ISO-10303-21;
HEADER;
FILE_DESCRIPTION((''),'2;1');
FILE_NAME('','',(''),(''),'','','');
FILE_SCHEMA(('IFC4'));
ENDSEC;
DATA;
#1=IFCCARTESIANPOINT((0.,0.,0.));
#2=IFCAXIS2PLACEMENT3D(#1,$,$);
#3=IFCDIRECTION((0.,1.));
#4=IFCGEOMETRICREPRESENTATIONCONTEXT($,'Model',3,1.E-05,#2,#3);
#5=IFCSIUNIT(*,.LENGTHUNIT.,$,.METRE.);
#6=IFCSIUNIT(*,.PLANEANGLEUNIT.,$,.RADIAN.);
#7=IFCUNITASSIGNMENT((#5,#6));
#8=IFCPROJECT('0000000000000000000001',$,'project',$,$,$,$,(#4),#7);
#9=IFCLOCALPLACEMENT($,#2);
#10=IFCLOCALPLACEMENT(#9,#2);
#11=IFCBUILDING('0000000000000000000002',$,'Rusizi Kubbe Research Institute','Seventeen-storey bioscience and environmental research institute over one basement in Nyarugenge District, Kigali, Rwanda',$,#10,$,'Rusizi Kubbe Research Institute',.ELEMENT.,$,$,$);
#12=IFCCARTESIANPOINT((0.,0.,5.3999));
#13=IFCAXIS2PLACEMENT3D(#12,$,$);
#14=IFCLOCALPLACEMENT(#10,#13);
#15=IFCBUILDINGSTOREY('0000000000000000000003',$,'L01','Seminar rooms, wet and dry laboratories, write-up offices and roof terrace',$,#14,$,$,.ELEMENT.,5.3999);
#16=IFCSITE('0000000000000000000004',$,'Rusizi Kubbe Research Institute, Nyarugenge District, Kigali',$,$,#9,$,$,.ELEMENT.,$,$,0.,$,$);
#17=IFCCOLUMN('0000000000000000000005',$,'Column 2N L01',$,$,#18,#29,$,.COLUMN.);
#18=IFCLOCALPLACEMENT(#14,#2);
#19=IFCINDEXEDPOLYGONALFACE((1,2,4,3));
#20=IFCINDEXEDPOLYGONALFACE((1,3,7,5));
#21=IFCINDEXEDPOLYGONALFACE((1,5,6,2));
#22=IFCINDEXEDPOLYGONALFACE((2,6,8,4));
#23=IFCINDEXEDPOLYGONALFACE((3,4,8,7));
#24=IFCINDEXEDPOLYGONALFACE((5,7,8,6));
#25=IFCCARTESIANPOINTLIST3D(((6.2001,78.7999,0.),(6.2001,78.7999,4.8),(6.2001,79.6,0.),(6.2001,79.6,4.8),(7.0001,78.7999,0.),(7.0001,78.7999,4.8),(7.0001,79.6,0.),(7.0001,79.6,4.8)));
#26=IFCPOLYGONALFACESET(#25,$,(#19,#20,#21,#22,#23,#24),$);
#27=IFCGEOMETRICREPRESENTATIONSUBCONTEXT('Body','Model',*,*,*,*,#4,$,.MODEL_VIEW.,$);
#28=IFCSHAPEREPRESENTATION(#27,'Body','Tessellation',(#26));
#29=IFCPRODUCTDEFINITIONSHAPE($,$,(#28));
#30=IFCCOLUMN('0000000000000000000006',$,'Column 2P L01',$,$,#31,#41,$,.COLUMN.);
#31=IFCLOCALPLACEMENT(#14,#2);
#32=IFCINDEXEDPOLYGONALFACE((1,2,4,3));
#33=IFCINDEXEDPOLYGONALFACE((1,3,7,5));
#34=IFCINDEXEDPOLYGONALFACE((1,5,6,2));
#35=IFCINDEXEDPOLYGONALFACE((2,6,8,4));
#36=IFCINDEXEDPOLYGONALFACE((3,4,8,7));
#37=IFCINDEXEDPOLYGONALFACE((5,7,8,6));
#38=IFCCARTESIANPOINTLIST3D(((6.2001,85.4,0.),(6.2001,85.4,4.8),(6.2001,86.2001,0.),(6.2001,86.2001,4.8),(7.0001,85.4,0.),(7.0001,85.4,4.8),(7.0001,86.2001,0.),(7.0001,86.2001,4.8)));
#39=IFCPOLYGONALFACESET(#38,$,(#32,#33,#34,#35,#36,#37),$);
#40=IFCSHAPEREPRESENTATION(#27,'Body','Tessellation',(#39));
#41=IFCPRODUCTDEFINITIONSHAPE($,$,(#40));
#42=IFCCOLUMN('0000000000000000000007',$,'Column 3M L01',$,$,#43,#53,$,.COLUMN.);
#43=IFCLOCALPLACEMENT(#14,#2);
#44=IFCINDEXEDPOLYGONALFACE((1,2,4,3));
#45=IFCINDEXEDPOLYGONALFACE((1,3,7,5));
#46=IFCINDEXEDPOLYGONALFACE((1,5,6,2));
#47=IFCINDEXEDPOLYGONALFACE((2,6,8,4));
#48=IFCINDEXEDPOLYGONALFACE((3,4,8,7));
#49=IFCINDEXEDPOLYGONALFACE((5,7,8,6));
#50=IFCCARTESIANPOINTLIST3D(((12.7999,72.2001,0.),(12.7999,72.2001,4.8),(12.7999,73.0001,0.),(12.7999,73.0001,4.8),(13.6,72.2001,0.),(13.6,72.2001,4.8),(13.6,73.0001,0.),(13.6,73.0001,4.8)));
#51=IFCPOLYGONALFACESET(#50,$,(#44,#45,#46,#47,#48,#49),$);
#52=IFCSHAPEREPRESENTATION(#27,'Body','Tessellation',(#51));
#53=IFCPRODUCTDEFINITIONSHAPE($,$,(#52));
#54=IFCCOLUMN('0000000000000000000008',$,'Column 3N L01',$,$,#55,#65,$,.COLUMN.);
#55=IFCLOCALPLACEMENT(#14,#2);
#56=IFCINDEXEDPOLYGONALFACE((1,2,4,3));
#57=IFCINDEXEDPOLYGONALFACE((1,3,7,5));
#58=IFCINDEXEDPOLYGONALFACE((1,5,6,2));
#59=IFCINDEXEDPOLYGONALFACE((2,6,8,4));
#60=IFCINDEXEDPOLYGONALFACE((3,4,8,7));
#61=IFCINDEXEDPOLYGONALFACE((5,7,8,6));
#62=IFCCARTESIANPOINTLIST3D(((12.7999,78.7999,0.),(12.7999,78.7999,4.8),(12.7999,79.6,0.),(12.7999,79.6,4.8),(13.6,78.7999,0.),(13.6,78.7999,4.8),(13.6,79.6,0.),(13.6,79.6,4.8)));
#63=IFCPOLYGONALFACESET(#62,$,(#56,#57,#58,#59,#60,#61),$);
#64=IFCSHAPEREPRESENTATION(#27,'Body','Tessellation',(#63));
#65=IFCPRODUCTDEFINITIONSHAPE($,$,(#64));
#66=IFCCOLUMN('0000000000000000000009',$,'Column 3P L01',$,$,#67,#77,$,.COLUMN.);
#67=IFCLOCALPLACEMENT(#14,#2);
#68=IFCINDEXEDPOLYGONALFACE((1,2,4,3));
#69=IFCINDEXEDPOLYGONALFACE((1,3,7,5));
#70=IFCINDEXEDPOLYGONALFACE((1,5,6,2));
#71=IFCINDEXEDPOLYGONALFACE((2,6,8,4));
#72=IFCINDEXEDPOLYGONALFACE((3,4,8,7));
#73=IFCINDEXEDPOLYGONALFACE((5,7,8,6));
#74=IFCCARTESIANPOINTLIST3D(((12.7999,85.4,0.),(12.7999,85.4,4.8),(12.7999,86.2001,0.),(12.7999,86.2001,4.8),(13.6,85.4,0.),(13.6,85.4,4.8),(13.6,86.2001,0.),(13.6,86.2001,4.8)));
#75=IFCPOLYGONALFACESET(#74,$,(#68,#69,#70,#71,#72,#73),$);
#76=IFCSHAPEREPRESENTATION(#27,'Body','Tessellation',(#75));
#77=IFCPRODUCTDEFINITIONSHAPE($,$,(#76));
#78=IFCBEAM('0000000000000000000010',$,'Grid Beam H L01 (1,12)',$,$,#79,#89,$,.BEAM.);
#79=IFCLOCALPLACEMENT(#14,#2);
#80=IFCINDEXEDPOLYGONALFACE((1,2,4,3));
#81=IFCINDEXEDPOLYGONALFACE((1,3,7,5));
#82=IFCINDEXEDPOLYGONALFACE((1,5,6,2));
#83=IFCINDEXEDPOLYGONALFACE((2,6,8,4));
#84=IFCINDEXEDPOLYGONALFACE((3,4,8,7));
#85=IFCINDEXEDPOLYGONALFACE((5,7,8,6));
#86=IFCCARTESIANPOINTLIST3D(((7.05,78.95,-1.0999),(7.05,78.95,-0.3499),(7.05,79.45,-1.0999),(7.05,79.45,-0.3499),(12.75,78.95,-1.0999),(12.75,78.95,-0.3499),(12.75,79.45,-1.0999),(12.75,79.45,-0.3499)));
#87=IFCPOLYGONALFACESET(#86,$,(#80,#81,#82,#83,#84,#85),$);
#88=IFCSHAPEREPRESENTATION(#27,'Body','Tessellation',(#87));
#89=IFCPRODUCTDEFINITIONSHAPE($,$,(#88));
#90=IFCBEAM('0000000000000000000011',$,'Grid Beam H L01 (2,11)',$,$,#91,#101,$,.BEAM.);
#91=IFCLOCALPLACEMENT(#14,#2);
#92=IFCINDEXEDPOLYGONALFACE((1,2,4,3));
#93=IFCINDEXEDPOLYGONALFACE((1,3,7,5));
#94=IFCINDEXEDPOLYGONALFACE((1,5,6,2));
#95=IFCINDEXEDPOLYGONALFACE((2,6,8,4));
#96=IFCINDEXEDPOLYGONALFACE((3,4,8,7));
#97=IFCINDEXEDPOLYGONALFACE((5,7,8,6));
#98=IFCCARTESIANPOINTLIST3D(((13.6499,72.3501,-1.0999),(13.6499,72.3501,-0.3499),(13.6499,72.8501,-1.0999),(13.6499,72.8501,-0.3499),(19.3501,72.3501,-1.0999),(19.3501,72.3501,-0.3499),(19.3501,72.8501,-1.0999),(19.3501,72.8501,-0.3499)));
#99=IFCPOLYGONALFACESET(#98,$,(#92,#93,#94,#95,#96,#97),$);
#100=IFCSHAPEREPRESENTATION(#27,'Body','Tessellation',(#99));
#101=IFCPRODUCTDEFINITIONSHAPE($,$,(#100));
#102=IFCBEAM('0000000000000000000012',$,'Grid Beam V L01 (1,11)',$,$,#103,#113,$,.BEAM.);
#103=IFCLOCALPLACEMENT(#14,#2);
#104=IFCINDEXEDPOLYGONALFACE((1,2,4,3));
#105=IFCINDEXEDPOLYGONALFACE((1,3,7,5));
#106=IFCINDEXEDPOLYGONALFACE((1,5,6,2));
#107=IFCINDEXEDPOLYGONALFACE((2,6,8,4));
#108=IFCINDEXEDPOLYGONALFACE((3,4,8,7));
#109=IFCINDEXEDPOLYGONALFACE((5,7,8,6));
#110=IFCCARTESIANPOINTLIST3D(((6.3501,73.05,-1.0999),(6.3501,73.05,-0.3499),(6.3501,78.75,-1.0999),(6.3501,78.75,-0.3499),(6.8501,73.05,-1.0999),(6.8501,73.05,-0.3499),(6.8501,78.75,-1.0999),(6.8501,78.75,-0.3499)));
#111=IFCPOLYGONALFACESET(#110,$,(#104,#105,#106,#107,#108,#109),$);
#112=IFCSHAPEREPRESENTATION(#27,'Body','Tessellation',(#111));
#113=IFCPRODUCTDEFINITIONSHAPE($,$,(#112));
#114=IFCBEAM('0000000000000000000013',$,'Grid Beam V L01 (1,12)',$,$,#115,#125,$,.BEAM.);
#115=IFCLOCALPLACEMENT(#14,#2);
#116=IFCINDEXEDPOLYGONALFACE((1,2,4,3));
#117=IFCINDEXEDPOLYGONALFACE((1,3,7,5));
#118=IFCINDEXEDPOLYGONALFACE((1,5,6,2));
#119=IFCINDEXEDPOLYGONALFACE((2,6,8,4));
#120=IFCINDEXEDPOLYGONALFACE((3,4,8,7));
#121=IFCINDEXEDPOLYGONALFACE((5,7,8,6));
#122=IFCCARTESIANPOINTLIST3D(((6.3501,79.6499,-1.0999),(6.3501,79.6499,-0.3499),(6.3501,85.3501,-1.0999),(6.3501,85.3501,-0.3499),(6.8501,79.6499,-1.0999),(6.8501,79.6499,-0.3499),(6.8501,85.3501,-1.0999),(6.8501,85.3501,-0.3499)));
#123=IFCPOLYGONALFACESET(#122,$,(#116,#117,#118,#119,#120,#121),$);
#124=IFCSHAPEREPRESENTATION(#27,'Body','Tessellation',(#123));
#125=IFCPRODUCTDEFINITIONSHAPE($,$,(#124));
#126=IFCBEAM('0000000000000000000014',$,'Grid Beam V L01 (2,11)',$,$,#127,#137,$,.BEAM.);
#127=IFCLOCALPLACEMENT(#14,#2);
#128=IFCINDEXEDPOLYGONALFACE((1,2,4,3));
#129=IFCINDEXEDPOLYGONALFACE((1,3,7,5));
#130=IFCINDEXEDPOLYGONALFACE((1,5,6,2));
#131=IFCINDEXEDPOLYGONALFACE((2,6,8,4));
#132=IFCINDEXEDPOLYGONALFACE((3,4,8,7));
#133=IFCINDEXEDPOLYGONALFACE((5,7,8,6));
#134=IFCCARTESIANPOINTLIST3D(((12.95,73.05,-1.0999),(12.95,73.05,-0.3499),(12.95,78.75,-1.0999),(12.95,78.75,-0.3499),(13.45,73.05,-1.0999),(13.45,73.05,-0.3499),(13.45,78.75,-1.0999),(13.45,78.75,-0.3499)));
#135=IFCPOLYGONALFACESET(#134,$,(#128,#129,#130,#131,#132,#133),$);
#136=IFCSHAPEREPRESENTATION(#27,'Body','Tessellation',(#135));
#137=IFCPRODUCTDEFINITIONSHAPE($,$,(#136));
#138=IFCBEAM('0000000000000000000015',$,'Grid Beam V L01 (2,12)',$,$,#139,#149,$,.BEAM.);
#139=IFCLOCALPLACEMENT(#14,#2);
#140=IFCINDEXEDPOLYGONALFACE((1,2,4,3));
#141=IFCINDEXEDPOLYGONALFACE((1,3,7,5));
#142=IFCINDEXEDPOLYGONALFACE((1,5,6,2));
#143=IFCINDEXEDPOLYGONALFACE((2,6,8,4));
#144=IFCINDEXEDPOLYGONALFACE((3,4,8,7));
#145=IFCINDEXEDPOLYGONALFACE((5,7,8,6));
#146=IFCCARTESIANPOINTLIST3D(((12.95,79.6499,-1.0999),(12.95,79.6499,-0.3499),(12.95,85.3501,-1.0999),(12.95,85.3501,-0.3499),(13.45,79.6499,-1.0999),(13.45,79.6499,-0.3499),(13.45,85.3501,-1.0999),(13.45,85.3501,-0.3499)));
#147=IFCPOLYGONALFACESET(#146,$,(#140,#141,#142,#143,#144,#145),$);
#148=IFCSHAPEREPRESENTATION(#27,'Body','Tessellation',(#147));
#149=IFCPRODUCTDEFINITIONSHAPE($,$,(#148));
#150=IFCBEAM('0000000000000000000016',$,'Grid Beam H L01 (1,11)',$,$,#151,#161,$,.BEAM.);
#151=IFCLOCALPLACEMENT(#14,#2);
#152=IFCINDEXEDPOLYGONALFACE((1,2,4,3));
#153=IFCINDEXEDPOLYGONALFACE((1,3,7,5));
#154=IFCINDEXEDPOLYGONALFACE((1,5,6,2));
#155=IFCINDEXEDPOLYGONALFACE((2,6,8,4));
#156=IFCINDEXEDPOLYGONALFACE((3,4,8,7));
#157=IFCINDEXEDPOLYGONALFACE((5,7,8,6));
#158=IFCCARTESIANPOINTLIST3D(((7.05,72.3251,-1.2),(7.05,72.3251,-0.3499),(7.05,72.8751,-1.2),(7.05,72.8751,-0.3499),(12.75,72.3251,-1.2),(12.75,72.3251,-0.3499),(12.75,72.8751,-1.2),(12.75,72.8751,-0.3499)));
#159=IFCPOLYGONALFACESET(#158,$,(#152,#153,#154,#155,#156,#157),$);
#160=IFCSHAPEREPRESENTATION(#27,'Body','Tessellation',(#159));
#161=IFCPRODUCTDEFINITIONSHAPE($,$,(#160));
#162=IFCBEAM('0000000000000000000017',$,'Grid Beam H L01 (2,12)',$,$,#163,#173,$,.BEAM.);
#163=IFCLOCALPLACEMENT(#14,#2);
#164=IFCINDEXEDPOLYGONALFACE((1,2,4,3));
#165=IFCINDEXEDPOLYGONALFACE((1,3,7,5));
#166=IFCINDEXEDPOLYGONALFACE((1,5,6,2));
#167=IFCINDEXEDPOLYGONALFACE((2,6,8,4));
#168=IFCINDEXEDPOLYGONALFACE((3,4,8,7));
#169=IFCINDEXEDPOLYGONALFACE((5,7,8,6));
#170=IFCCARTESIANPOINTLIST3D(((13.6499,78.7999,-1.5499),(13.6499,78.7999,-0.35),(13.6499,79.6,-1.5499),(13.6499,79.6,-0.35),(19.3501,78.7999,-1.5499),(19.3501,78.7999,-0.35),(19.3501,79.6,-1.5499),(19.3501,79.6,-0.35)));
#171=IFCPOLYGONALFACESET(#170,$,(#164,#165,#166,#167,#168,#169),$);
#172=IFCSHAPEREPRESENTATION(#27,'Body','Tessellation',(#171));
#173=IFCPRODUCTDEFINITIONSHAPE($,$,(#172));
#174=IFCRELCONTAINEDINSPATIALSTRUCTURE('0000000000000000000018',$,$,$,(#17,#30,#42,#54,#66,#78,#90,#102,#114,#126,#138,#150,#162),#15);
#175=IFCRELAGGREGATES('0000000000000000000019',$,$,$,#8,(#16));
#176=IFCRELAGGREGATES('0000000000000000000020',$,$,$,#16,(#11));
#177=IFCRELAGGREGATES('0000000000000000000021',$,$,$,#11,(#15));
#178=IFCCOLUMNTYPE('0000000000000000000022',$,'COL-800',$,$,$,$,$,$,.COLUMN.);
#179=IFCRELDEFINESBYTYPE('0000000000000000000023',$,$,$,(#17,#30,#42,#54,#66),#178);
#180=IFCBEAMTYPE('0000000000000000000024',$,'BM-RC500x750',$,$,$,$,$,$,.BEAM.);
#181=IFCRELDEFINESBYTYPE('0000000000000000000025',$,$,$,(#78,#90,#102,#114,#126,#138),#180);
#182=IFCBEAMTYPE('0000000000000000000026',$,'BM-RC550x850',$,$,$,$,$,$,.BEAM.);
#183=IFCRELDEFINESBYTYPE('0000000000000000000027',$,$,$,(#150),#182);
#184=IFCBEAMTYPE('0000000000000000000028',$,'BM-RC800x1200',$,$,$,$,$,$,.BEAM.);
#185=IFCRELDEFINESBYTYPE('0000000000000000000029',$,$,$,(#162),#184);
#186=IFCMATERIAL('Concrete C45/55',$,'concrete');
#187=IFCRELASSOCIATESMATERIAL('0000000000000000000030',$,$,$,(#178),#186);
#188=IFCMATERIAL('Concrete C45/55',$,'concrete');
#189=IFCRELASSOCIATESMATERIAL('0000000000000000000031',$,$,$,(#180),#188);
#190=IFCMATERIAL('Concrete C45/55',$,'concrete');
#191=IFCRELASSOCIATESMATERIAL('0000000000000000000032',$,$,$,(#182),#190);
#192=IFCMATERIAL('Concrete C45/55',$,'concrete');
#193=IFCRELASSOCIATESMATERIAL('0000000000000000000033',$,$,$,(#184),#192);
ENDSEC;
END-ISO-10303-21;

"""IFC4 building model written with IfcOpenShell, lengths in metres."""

from ifc_helpers import new_model, si_unit, direction, frame, origin, origin_2d, place, context, subcontext, project, spatial, rectangle, extrude, material, material_profile, profile_set, type_object, element, save


model = new_model("IFC4")

# Units and contexts
model_context = context("Model", 3, precision=1e-05, world=origin(), true_north=direction((0.0, 1.0)))
body_context = subcontext(model_context, "Body", "Model", "MODEL_VIEW")
ifc_project = project(units=[si_unit("LENGTHUNIT", "METRE"), si_unit("PLANEANGLEUNIT", "RADIAN")], contexts=[model_context])

# Site, building, storey
site_placement = place(None, origin())
site = spatial("IfcSite", under=ifc_project, at=site_placement, Name="Rusizi Kubbe Research Institute, Nyarugenge District, Kigali", CompositionType="ELEMENT", RefElevation=0.0)
building_placement = place(site_placement, origin())
building = spatial("IfcBuilding", under=site, at=building_placement, Name="Rusizi Kubbe Research Institute", Description="Seventeen-storey bioscience and environmental research institute over one basement in Nyarugenge District, Kigali, Rwanda", LongName="Rusizi Kubbe Research Institute", CompositionType="ELEMENT")
storey_placement = place(building_placement, frame((0.0, 0.0, 5.3999)))
storey = spatial("IfcBuildingStorey", under=building, at=storey_placement, Name="L01", Description="Seminar rooms, wet and dry laboratories, write-up offices and roof terrace", CompositionType="ELEMENT", Elevation=5.3999)

# Columns
ifc_material_1 = material(Name="Concrete C45/55", Category="concrete")
ifc_material_profile_1 = material_profile(ifc_material_1, rectangle(XDim=0.8, YDim=0.8, at=origin_2d()), Name="RC800x800")
ifc_profile_set_1 = profile_set([ifc_material_profile_1], Name="Concrete C45/55")
column_type = type_object("IfcColumnType", Name="COL-800", PredefinedType="COLUMN", material=ifc_profile_set_1)
for number, where, z_axis, x_axis, name in (
    (1, (6.6001, 79.2, 0.0), (0.0, 0.0, 1.0), (1.0, 0.0, 0.0), "Column 2N L01"),
    (2, (6.6001, 85.8, 0.0), (0.0, 0.0, 1.0), (1.0, 0.0, 0.0), "Column 2P L01"),
    (3, (13.2, 72.6001, 0.0), (0.0, 0.0, 1.0), (1.0, 0.0, 0.0), "Column 3M L01"),
    (4, (13.2, 79.2, 0.0), (0.0, 0.0, 1.0), (1.0, 0.0, 0.0), "Column 3N L01"),
    (5, (13.2, 85.8, 0.0), (0.0, 0.0, 1.0), (1.0, 0.0, 0.0), "Column 3P L01"),
):
    element("IfcColumn", number, at=place(storey_placement, frame(where, z_axis=z_axis, x_axis=x_axis)), inside=storey, type_object=column_type, Name=name, PredefinedType="COLUMN", context=body_context, shape_type="SweptSolid", body=[
        extrude(rectangle(XDim=0.8, YDim=0.8, at=origin_2d()), origin(), (0.0, 0.0, 1.0), 4.8),
    ])

# Beams
ifc_material_2 = material(Name="Concrete C45/55", Category="concrete")
ifc_material_profile_2 = material_profile(ifc_material_2, rectangle(XDim=0.5, YDim=0.75, at=origin_2d()), Name="RC500x750B")
ifc_profile_set_2 = profile_set([ifc_material_profile_2], Name="Concrete C45/55")
beam_type_1 = type_object("IfcBeamType", Name="BM-RC500x750", PredefinedType="BEAM", material=ifc_profile_set_2)
beam_1_placement = place(storey_placement, frame((7.05, 79.2, -0.7249), z_axis=(1.0, 0.0, 0.0), x_axis=(0.0, 1.0, 0.0)))
element("IfcBeam", 6, at=beam_1_placement, inside=storey, type_object=beam_type_1, Name="Grid Beam H L01 (1,12)", PredefinedType="BEAM", context=body_context, shape_type="SweptSolid", body=[
    extrude(rectangle(XDim=0.5, YDim=0.75, at=origin_2d()), origin(), (0.0, 0.0, 1.0), 5.7),
])
beam_2_placement = place(storey_placement, frame((13.6499, 72.6001, -0.7249), z_axis=(1.0, 0.0, 0.0), x_axis=(0.0, 1.0, 0.0)))
element("IfcBeam", 7, at=beam_2_placement, inside=storey, type_object=beam_type_1, Name="Grid Beam H L01 (2,11)", PredefinedType="BEAM", context=body_context, shape_type="SweptSolid", body=[
    extrude(rectangle(XDim=0.5, YDim=0.75, at=origin_2d()), origin(), (0.0, 0.0, 1.0), 5.7002),
])
beam_3_placement = place(storey_placement, frame((6.6001, 73.05, -0.7249), z_axis=(0.0, 1.0, 0.0), x_axis=(-1.0, 0.0, 0.0)))
element("IfcBeam", 8, at=beam_3_placement, inside=storey, type_object=beam_type_1, Name="Grid Beam V L01 (1,11)", PredefinedType="BEAM", context=body_context, shape_type="SweptSolid", body=[
    extrude(rectangle(XDim=0.5, YDim=0.75, at=origin_2d()), origin(), (0.0, 0.0, 1.0), 5.7),
])
beam_4_placement = place(storey_placement, frame((6.6001, 79.6499, -0.7249), z_axis=(0.0, 1.0, 0.0), x_axis=(-1.0, 0.0, 0.0)))
element("IfcBeam", 9, at=beam_4_placement, inside=storey, type_object=beam_type_1, Name="Grid Beam V L01 (1,12)", PredefinedType="BEAM", context=body_context, shape_type="SweptSolid", body=[
    extrude(rectangle(XDim=0.5, YDim=0.75, at=origin_2d()), origin(), (0.0, 0.0, 1.0), 5.7002),
])
beam_5_placement = place(storey_placement, frame((13.2, 73.05, -0.7249), z_axis=(0.0, 1.0, 0.0), x_axis=(-1.0, 0.0, 0.0)))
element("IfcBeam", 10, at=beam_5_placement, inside=storey, type_object=beam_type_1, Name="Grid Beam V L01 (2,11)", PredefinedType="BEAM", context=body_context, shape_type="SweptSolid", body=[
    extrude(rectangle(XDim=0.5, YDim=0.75, at=origin_2d()), origin(), (0.0, 0.0, 1.0), 5.7),
])
beam_6_placement = place(storey_placement, frame((13.2, 79.6499, -0.7249), z_axis=(0.0, 1.0, 0.0), x_axis=(-1.0, 0.0, 0.0)))
element("IfcBeam", 11, at=beam_6_placement, inside=storey, type_object=beam_type_1, Name="Grid Beam V L01 (2,12)", PredefinedType="BEAM", context=body_context, shape_type="SweptSolid", body=[
    extrude(rectangle(XDim=0.5, YDim=0.75, at=origin_2d()), origin(), (0.0, 0.0, 1.0), 5.7002),
])
ifc_material_3 = material(Name="Concrete C45/55", Category="concrete")
ifc_material_profile_3 = material_profile(ifc_material_3, rectangle(XDim=0.55, YDim=0.8501, at=origin_2d()), Name="RC550x850")
ifc_profile_set_3 = profile_set([ifc_material_profile_3], Name="Concrete C45/55")
beam_type_2 = type_object("IfcBeamType", Name="BM-RC550x850", PredefinedType="BEAM", material=ifc_profile_set_3)
beam_7_placement = place(storey_placement, frame((7.05, 72.6001, -0.7749), z_axis=(1.0, 0.0, 0.0), x_axis=(0.0, 1.0, 0.0)))
element("IfcBeam", 12, at=beam_7_placement, inside=storey, type_object=beam_type_2, Name="Grid Beam H L01 (1,11)", PredefinedType="BEAM", context=body_context, shape_type="SweptSolid", body=[
    extrude(rectangle(XDim=0.55, YDim=0.8501, at=origin_2d()), origin(), (0.0, 0.0, 1.0), 5.7),
])
ifc_material_4 = material(Name="Concrete C45/55", Category="concrete")
ifc_material_profile_4 = material_profile(ifc_material_4, rectangle(XDim=0.8, YDim=1.2, at=origin_2d()), Name="RC800x1200")
ifc_profile_set_4 = profile_set([ifc_material_profile_4], Name="Concrete C45/55")
beam_type_3 = type_object("IfcBeamType", Name="BM-RC800x1200", PredefinedType="BEAM", material=ifc_profile_set_4)
beam_8_placement = place(storey_placement, frame((13.6499, 79.2, -0.95), z_axis=(1.0, 0.0, 0.0), x_axis=(0.0, 1.0, 0.0)))
element("IfcBeam", 13, at=beam_8_placement, inside=storey, type_object=beam_type_3, Name="Grid Beam H L01 (2,12)", PredefinedType="BEAM", context=body_context, shape_type="SweptSolid", body=[
    extrude(rectangle(XDim=0.8, YDim=1.2, at=origin_2d()), origin(), (0.0, 0.0, 1.0), 5.7002),
])

save(model, "model.ifc")
